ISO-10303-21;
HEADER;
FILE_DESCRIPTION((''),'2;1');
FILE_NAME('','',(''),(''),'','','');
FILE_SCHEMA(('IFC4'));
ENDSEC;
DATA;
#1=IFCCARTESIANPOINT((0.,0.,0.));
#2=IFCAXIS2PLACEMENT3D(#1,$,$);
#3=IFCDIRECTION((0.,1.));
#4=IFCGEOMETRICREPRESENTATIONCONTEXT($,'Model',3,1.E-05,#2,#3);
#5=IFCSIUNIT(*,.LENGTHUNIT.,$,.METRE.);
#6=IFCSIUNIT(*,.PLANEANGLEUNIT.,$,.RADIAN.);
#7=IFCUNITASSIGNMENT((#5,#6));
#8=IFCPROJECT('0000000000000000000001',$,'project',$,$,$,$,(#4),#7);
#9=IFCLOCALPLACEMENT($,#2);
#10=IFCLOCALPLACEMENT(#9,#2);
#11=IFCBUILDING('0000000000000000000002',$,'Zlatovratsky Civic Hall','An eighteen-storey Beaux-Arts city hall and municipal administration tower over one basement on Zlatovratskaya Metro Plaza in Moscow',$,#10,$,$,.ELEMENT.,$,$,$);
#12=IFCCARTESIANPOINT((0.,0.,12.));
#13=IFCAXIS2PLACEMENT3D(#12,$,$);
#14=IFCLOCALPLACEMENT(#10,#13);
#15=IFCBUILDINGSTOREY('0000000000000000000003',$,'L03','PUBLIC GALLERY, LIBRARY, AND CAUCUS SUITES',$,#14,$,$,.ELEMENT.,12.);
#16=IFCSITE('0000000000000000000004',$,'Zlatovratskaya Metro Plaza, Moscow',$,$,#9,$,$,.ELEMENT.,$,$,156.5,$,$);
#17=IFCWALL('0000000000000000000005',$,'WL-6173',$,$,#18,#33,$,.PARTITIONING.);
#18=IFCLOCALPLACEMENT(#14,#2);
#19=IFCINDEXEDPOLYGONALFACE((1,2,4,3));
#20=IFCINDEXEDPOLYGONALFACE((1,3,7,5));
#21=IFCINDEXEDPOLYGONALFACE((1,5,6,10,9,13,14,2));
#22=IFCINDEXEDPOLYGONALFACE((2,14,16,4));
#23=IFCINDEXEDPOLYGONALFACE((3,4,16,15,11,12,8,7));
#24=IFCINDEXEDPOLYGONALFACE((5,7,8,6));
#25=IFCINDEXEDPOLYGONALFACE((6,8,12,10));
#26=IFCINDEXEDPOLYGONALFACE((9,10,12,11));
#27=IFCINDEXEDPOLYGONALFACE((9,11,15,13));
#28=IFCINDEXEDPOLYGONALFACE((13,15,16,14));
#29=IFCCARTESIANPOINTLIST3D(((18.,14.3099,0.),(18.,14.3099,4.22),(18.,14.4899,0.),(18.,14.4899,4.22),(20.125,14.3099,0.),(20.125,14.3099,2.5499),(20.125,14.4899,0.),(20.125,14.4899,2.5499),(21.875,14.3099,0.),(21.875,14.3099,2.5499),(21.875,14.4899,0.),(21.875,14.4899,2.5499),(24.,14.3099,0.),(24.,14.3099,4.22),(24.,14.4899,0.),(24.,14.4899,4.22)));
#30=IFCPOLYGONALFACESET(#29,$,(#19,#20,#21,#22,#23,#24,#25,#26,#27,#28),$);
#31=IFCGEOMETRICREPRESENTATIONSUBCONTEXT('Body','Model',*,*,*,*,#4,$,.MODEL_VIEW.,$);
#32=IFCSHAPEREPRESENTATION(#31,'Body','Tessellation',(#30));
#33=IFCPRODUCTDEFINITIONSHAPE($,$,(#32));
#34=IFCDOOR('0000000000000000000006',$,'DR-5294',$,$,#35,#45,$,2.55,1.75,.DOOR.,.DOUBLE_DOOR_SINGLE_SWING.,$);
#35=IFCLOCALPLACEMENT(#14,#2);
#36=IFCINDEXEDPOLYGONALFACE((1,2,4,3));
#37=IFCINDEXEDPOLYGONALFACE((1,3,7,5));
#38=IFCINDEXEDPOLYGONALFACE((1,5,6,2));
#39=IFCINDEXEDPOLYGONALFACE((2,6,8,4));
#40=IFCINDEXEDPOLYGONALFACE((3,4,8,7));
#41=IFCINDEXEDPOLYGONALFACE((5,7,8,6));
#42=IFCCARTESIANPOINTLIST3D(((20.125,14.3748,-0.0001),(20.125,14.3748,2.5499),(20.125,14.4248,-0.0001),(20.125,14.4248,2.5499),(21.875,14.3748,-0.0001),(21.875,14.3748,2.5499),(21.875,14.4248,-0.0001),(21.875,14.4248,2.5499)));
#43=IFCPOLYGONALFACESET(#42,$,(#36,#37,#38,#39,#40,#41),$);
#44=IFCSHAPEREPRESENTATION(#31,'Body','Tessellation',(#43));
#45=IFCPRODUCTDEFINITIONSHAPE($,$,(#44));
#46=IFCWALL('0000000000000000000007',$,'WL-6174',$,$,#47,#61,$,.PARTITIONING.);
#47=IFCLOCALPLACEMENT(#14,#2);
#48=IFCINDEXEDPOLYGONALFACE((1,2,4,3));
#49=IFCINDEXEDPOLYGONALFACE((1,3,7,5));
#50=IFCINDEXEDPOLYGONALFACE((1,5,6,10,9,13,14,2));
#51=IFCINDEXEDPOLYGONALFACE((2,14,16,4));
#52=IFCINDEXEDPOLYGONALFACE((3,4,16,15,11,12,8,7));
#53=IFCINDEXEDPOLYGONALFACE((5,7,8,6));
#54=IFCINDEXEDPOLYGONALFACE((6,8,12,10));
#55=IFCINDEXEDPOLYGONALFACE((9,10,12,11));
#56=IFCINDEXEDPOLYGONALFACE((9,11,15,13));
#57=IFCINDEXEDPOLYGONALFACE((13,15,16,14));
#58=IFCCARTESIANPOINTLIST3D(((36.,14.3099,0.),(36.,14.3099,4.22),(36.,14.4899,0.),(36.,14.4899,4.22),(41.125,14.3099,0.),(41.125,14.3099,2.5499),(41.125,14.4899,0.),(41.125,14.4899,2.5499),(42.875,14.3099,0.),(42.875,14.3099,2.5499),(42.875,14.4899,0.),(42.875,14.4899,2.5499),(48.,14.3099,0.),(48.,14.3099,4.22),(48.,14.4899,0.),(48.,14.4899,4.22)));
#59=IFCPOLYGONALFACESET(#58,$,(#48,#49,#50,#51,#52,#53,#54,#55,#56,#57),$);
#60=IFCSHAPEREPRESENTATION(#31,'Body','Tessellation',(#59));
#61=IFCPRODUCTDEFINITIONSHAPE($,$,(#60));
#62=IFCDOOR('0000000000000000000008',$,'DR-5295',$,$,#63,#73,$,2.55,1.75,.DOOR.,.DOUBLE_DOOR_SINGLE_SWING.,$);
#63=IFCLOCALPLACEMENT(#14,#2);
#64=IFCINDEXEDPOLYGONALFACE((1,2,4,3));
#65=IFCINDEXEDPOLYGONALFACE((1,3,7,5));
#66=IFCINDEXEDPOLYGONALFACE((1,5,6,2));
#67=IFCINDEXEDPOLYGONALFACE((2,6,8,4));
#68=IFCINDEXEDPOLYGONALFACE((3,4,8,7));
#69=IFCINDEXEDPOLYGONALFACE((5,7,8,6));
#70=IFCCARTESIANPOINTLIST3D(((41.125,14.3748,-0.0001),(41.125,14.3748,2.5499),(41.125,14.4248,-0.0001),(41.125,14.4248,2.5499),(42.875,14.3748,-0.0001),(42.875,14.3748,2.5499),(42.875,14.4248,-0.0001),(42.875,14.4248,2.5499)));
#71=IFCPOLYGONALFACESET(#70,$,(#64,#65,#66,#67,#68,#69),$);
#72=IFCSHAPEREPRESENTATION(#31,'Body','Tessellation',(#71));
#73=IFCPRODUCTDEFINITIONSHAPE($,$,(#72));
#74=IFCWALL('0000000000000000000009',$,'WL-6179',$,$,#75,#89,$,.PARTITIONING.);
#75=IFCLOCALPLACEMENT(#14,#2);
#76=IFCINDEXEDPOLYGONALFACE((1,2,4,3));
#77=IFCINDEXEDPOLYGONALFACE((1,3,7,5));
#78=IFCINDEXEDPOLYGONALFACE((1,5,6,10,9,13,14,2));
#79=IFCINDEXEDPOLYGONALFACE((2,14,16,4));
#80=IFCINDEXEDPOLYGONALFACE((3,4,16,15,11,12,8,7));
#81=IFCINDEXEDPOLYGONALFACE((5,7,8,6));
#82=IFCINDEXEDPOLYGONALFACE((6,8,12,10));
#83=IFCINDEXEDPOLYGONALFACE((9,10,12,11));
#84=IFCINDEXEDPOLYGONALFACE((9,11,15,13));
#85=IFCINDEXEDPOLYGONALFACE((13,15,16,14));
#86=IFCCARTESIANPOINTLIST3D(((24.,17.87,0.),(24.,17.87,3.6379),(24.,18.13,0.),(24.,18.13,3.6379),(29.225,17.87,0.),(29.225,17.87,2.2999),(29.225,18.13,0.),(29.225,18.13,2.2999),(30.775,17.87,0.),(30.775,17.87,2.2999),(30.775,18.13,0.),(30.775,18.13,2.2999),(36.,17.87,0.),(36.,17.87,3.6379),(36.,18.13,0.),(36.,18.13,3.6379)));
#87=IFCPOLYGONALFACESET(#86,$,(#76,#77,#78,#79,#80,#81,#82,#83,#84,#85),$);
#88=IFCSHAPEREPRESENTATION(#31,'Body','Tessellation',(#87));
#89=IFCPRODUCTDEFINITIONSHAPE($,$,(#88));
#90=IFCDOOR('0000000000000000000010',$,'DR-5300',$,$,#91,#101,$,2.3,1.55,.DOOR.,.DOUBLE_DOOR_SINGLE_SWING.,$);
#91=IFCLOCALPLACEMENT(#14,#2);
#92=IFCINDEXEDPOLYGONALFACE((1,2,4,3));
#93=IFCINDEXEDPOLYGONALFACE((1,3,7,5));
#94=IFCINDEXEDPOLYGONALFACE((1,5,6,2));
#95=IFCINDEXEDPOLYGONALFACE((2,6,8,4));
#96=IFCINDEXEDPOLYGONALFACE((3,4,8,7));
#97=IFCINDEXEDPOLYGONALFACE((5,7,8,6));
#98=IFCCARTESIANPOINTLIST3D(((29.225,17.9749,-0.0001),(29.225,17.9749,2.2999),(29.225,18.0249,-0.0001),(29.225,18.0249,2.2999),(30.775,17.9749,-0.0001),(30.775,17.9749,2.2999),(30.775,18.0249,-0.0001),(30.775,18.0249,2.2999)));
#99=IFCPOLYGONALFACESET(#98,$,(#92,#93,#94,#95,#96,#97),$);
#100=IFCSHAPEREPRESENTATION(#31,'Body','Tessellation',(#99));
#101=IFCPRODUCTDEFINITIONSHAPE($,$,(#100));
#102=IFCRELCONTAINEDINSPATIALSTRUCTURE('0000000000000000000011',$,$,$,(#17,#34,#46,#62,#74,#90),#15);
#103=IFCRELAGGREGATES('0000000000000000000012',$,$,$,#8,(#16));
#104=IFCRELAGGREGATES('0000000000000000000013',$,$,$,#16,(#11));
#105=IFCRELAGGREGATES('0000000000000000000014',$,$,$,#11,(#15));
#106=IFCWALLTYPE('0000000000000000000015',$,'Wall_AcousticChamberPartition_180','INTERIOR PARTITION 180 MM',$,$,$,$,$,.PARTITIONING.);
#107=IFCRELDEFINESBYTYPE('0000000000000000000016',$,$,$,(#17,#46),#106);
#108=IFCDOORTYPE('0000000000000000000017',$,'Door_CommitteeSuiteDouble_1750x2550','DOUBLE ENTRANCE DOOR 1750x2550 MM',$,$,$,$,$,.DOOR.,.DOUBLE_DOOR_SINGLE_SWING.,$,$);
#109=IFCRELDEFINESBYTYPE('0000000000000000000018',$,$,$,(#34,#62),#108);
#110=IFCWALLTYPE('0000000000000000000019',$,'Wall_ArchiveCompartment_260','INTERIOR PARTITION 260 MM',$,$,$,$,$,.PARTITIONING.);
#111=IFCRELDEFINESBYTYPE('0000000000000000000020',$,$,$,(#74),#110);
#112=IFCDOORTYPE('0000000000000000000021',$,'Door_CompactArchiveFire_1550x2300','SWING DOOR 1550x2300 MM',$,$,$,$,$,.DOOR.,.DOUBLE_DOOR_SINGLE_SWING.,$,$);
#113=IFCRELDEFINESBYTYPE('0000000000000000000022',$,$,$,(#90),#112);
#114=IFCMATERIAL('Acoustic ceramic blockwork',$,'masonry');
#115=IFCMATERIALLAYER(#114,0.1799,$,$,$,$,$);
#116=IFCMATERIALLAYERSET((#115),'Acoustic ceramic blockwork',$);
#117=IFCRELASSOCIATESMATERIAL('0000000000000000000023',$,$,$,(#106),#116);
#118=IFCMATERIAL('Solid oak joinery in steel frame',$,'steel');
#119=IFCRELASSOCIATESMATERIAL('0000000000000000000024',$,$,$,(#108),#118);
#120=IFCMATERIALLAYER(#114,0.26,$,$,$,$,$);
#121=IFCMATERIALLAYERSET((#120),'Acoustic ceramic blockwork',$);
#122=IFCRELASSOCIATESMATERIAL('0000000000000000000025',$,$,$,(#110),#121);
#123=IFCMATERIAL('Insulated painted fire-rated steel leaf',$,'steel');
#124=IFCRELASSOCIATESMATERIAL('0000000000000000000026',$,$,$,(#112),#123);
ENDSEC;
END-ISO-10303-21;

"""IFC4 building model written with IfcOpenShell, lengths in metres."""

from ifc_helpers import new_model, si_unit, direction, frame, frame_2d, origin, place, context, subcontext, project, spatial, rectangle, extrude, material, layer, layer_set, type_object, element, fill, save


model = new_model("IFC4")

# Units and contexts
model_context = context("Model", 3, precision=1e-05, world=origin(), true_north=direction((0.0, 1.0)))
body_context = subcontext(model_context, "Body", "Model", "MODEL_VIEW")
ifc_project = project(units=[si_unit("LENGTHUNIT", "METRE"), si_unit("PLANEANGLEUNIT", "RADIAN")], contexts=[model_context])

# Site, building, storey
site_placement = place(None, origin())
site = spatial("IfcSite", under=ifc_project, at=site_placement, Name="Zlatovratskaya Metro Plaza, Moscow", CompositionType="ELEMENT", RefElevation=156.5)
building_placement = place(site_placement, origin())
building = spatial("IfcBuilding", under=site, at=building_placement, Name="Zlatovratsky Civic Hall", Description="An eighteen-storey Beaux-Arts city hall and municipal administration tower over one basement on Zlatovratskaya Metro Plaza in Moscow", CompositionType="ELEMENT")
storey_placement = place(building_placement, frame((0.0, 0.0, 12.0)))
storey = spatial("IfcBuildingStorey", under=building, at=storey_placement, Name="L03", Description="PUBLIC GALLERY, LIBRARY, AND CAUCUS SUITES", CompositionType="ELEMENT", Elevation=12.0)

# Walls, openings, doors
ifc_material_1 = material(Name="Acoustic ceramic blockwork", Category="masonry")
ifc_layer_1 = layer(ifc_material_1, 0.1799)
ifc_layer_set_1 = layer_set([ifc_layer_1], Name="Acoustic ceramic blockwork")
wall_type_1 = type_object("IfcWallType", Name="Wall_AcousticChamberPartition_180", Description="INTERIOR PARTITION 180 MM", PredefinedType="PARTITIONING", material=ifc_layer_set_1)
wall_1_placement = place(storey_placement, frame((18.0, 14.3999, 0.0), z_axis=(0.0, 0.0, 1.0), x_axis=(1.0, 0.0, 0.0)))
wall_1 = element("IfcWall", 1, at=wall_1_placement, inside=storey, type_object=wall_type_1, Name="WL-6173", PredefinedType="PARTITIONING", context=body_context, shape_type="SweptSolid", body=[
    extrude(rectangle(XDim=6.0, YDim=0.1799, at=frame_2d((3.0, 0.0))), origin(), (0.0, 0.0, 1.0), 4.22),
])
opening_1_placement = place(wall_1_placement, frame((2.125, 0.0, 0.0)))
opening_1 = element("IfcOpeningElement", 2, at=opening_1_placement, cuts=wall_1, PredefinedType="OPENING", context=body_context, shape_type="SweptSolid", body=[
    extrude(rectangle(XDim=1.75, YDim=2.55, at=frame_2d((0.875, 1.2749))), frame((0.0, 0.105, 0.0), z_axis=(0.0, -1.0, 0.0), x_axis=(1.0, 0.0, 0.0)), (0.0, 0.0, 1.0), 0.2097),
])
ifc_material_2 = material(Name="Solid oak joinery in steel frame", Category="steel")
door_type_1 = type_object("IfcDoorType", Name="Door_CommitteeSuiteDouble_1750x2550", Description="DOUBLE ENTRANCE DOOR 1750x2550 MM", OperationType="DOUBLE_DOOR_SINGLE_SWING", PredefinedType="DOOR", material=ifc_material_2)
door_1_placement = place(opening_1_placement, origin())
door_1 = element("IfcDoor", 3, at=door_1_placement, inside=storey, type_object=door_type_1, Name="DR-5294", OperationType="DOUBLE_DOOR_SINGLE_SWING", OverallHeight=2.55, OverallWidth=1.75, PredefinedType="DOOR", context=body_context, shape_type="SweptSolid", body=[
    extrude(rectangle(XDim=1.75, YDim=2.55, at=frame_2d((0.875, 1.2749))), frame((0.0, 0.0249, 0.0), z_axis=(0.0, -1.0, 0.0), x_axis=(1.0, 0.0, 0.0)), (0.0, 0.0, 1.0), 0.05),
])
fill(opening_1, door_1)
wall_2_placement = place(storey_placement, frame((36.0, 14.3999, 0.0), z_axis=(0.0, 0.0, 1.0), x_axis=(1.0, 0.0, 0.0)))
wall_2 = element("IfcWall", 4, at=wall_2_placement, inside=storey, type_object=wall_type_1, Name="WL-6174", PredefinedType="PARTITIONING", context=body_context, shape_type="SweptSolid", body=[
    extrude(rectangle(XDim=12.0, YDim=0.1799, at=frame_2d((6.0, 0.0))), origin(), (0.0, 0.0, 1.0), 4.22),
])
opening_2_placement = place(wall_2_placement, frame((5.125, 0.0, 0.0)))
opening_2 = element("IfcOpeningElement", 5, at=opening_2_placement, cuts=wall_2, PredefinedType="OPENING", context=body_context, shape_type="SweptSolid", body=[
    extrude(rectangle(XDim=1.75, YDim=2.55, at=frame_2d((0.875, 1.2749))), frame((0.0, 0.105, 0.0), z_axis=(0.0, -1.0, 0.0), x_axis=(1.0, 0.0, 0.0)), (0.0, 0.0, 1.0), 0.2097),
])
door_2_placement = place(opening_2_placement, origin())
door_2 = element("IfcDoor", 6, at=door_2_placement, inside=storey, type_object=door_type_1, Name="DR-5295", OperationType="DOUBLE_DOOR_SINGLE_SWING", OverallHeight=2.55, OverallWidth=1.75, PredefinedType="DOOR", context=body_context, shape_type="SweptSolid", body=[
    extrude(rectangle(XDim=1.75, YDim=2.55, at=frame_2d((0.875, 1.2749))), frame((0.0, 0.0249, 0.0), z_axis=(0.0, -1.0, 0.0), x_axis=(1.0, 0.0, 0.0)), (0.0, 0.0, 1.0), 0.05),
])
fill(opening_2, door_2)
ifc_layer_2 = layer(ifc_material_1, 0.26)
ifc_layer_set_2 = layer_set([ifc_layer_2], Name="Acoustic ceramic blockwork")
wall_type_2 = type_object("IfcWallType", Name="Wall_ArchiveCompartment_260", Description="INTERIOR PARTITION 260 MM", PredefinedType="PARTITIONING", material=ifc_layer_set_2)
wall_3_placement = place(storey_placement, frame((24.0, 18.0, 0.0), z_axis=(0.0, 0.0, 1.0), x_axis=(1.0, 0.0, 0.0)))
wall_3 = element("IfcWall", 7, at=wall_3_placement, inside=storey, type_object=wall_type_2, Name="WL-6179", PredefinedType="PARTITIONING", context=body_context, shape_type="SweptSolid", body=[
    extrude(rectangle(XDim=12.0, YDim=0.26, at=frame_2d((6.0, 0.0))), origin(), (0.0, 0.0, 1.0), 3.6379),
])
opening_3_placement = place(wall_3_placement, frame((5.2251, 0.0, 0.0)))
opening_3 = element("IfcOpeningElement", 8, at=opening_3_placement, cuts=wall_3, PredefinedType="OPENING", context=body_context, shape_type="SweptSolid", body=[
    extrude(rectangle(XDim=1.55, YDim=2.3, at=frame_2d((0.7749, 1.1499))), frame((0.0, 0.145, 0.0), z_axis=(0.0, -1.0, 0.0), x_axis=(1.0, 0.0, 0.0)), (0.0, 0.0, 1.0), 0.2898),
])
ifc_material_3 = material(Name="Insulated painted fire-rated steel leaf", Category="steel")
door_type_2 = type_object("IfcDoorType", Name="Door_CompactArchiveFire_1550x2300", Description="SWING DOOR 1550x2300 MM", OperationType="DOUBLE_DOOR_SINGLE_SWING", PredefinedType="DOOR", material=ifc_material_3)
door_3_placement = place(opening_3_placement, origin())
door_3 = element("IfcDoor", 9, at=door_3_placement, inside=storey, type_object=door_type_2, Name="DR-5300", OperationType="DOUBLE_DOOR_SINGLE_SWING", OverallHeight=2.3, OverallWidth=1.55, PredefinedType="DOOR", context=body_context, shape_type="SweptSolid", body=[
    extrude(rectangle(XDim=1.55, YDim=2.3, at=frame_2d((0.7749, 1.1499))), frame((0.0, 0.0249, 0.0), z_axis=(0.0, -1.0, 0.0), x_axis=(1.0, 0.0, 0.0)), (0.0, 0.0, 1.0), 0.05),
])
fill(opening_3, door_3)

save(model, "model.ifc")
